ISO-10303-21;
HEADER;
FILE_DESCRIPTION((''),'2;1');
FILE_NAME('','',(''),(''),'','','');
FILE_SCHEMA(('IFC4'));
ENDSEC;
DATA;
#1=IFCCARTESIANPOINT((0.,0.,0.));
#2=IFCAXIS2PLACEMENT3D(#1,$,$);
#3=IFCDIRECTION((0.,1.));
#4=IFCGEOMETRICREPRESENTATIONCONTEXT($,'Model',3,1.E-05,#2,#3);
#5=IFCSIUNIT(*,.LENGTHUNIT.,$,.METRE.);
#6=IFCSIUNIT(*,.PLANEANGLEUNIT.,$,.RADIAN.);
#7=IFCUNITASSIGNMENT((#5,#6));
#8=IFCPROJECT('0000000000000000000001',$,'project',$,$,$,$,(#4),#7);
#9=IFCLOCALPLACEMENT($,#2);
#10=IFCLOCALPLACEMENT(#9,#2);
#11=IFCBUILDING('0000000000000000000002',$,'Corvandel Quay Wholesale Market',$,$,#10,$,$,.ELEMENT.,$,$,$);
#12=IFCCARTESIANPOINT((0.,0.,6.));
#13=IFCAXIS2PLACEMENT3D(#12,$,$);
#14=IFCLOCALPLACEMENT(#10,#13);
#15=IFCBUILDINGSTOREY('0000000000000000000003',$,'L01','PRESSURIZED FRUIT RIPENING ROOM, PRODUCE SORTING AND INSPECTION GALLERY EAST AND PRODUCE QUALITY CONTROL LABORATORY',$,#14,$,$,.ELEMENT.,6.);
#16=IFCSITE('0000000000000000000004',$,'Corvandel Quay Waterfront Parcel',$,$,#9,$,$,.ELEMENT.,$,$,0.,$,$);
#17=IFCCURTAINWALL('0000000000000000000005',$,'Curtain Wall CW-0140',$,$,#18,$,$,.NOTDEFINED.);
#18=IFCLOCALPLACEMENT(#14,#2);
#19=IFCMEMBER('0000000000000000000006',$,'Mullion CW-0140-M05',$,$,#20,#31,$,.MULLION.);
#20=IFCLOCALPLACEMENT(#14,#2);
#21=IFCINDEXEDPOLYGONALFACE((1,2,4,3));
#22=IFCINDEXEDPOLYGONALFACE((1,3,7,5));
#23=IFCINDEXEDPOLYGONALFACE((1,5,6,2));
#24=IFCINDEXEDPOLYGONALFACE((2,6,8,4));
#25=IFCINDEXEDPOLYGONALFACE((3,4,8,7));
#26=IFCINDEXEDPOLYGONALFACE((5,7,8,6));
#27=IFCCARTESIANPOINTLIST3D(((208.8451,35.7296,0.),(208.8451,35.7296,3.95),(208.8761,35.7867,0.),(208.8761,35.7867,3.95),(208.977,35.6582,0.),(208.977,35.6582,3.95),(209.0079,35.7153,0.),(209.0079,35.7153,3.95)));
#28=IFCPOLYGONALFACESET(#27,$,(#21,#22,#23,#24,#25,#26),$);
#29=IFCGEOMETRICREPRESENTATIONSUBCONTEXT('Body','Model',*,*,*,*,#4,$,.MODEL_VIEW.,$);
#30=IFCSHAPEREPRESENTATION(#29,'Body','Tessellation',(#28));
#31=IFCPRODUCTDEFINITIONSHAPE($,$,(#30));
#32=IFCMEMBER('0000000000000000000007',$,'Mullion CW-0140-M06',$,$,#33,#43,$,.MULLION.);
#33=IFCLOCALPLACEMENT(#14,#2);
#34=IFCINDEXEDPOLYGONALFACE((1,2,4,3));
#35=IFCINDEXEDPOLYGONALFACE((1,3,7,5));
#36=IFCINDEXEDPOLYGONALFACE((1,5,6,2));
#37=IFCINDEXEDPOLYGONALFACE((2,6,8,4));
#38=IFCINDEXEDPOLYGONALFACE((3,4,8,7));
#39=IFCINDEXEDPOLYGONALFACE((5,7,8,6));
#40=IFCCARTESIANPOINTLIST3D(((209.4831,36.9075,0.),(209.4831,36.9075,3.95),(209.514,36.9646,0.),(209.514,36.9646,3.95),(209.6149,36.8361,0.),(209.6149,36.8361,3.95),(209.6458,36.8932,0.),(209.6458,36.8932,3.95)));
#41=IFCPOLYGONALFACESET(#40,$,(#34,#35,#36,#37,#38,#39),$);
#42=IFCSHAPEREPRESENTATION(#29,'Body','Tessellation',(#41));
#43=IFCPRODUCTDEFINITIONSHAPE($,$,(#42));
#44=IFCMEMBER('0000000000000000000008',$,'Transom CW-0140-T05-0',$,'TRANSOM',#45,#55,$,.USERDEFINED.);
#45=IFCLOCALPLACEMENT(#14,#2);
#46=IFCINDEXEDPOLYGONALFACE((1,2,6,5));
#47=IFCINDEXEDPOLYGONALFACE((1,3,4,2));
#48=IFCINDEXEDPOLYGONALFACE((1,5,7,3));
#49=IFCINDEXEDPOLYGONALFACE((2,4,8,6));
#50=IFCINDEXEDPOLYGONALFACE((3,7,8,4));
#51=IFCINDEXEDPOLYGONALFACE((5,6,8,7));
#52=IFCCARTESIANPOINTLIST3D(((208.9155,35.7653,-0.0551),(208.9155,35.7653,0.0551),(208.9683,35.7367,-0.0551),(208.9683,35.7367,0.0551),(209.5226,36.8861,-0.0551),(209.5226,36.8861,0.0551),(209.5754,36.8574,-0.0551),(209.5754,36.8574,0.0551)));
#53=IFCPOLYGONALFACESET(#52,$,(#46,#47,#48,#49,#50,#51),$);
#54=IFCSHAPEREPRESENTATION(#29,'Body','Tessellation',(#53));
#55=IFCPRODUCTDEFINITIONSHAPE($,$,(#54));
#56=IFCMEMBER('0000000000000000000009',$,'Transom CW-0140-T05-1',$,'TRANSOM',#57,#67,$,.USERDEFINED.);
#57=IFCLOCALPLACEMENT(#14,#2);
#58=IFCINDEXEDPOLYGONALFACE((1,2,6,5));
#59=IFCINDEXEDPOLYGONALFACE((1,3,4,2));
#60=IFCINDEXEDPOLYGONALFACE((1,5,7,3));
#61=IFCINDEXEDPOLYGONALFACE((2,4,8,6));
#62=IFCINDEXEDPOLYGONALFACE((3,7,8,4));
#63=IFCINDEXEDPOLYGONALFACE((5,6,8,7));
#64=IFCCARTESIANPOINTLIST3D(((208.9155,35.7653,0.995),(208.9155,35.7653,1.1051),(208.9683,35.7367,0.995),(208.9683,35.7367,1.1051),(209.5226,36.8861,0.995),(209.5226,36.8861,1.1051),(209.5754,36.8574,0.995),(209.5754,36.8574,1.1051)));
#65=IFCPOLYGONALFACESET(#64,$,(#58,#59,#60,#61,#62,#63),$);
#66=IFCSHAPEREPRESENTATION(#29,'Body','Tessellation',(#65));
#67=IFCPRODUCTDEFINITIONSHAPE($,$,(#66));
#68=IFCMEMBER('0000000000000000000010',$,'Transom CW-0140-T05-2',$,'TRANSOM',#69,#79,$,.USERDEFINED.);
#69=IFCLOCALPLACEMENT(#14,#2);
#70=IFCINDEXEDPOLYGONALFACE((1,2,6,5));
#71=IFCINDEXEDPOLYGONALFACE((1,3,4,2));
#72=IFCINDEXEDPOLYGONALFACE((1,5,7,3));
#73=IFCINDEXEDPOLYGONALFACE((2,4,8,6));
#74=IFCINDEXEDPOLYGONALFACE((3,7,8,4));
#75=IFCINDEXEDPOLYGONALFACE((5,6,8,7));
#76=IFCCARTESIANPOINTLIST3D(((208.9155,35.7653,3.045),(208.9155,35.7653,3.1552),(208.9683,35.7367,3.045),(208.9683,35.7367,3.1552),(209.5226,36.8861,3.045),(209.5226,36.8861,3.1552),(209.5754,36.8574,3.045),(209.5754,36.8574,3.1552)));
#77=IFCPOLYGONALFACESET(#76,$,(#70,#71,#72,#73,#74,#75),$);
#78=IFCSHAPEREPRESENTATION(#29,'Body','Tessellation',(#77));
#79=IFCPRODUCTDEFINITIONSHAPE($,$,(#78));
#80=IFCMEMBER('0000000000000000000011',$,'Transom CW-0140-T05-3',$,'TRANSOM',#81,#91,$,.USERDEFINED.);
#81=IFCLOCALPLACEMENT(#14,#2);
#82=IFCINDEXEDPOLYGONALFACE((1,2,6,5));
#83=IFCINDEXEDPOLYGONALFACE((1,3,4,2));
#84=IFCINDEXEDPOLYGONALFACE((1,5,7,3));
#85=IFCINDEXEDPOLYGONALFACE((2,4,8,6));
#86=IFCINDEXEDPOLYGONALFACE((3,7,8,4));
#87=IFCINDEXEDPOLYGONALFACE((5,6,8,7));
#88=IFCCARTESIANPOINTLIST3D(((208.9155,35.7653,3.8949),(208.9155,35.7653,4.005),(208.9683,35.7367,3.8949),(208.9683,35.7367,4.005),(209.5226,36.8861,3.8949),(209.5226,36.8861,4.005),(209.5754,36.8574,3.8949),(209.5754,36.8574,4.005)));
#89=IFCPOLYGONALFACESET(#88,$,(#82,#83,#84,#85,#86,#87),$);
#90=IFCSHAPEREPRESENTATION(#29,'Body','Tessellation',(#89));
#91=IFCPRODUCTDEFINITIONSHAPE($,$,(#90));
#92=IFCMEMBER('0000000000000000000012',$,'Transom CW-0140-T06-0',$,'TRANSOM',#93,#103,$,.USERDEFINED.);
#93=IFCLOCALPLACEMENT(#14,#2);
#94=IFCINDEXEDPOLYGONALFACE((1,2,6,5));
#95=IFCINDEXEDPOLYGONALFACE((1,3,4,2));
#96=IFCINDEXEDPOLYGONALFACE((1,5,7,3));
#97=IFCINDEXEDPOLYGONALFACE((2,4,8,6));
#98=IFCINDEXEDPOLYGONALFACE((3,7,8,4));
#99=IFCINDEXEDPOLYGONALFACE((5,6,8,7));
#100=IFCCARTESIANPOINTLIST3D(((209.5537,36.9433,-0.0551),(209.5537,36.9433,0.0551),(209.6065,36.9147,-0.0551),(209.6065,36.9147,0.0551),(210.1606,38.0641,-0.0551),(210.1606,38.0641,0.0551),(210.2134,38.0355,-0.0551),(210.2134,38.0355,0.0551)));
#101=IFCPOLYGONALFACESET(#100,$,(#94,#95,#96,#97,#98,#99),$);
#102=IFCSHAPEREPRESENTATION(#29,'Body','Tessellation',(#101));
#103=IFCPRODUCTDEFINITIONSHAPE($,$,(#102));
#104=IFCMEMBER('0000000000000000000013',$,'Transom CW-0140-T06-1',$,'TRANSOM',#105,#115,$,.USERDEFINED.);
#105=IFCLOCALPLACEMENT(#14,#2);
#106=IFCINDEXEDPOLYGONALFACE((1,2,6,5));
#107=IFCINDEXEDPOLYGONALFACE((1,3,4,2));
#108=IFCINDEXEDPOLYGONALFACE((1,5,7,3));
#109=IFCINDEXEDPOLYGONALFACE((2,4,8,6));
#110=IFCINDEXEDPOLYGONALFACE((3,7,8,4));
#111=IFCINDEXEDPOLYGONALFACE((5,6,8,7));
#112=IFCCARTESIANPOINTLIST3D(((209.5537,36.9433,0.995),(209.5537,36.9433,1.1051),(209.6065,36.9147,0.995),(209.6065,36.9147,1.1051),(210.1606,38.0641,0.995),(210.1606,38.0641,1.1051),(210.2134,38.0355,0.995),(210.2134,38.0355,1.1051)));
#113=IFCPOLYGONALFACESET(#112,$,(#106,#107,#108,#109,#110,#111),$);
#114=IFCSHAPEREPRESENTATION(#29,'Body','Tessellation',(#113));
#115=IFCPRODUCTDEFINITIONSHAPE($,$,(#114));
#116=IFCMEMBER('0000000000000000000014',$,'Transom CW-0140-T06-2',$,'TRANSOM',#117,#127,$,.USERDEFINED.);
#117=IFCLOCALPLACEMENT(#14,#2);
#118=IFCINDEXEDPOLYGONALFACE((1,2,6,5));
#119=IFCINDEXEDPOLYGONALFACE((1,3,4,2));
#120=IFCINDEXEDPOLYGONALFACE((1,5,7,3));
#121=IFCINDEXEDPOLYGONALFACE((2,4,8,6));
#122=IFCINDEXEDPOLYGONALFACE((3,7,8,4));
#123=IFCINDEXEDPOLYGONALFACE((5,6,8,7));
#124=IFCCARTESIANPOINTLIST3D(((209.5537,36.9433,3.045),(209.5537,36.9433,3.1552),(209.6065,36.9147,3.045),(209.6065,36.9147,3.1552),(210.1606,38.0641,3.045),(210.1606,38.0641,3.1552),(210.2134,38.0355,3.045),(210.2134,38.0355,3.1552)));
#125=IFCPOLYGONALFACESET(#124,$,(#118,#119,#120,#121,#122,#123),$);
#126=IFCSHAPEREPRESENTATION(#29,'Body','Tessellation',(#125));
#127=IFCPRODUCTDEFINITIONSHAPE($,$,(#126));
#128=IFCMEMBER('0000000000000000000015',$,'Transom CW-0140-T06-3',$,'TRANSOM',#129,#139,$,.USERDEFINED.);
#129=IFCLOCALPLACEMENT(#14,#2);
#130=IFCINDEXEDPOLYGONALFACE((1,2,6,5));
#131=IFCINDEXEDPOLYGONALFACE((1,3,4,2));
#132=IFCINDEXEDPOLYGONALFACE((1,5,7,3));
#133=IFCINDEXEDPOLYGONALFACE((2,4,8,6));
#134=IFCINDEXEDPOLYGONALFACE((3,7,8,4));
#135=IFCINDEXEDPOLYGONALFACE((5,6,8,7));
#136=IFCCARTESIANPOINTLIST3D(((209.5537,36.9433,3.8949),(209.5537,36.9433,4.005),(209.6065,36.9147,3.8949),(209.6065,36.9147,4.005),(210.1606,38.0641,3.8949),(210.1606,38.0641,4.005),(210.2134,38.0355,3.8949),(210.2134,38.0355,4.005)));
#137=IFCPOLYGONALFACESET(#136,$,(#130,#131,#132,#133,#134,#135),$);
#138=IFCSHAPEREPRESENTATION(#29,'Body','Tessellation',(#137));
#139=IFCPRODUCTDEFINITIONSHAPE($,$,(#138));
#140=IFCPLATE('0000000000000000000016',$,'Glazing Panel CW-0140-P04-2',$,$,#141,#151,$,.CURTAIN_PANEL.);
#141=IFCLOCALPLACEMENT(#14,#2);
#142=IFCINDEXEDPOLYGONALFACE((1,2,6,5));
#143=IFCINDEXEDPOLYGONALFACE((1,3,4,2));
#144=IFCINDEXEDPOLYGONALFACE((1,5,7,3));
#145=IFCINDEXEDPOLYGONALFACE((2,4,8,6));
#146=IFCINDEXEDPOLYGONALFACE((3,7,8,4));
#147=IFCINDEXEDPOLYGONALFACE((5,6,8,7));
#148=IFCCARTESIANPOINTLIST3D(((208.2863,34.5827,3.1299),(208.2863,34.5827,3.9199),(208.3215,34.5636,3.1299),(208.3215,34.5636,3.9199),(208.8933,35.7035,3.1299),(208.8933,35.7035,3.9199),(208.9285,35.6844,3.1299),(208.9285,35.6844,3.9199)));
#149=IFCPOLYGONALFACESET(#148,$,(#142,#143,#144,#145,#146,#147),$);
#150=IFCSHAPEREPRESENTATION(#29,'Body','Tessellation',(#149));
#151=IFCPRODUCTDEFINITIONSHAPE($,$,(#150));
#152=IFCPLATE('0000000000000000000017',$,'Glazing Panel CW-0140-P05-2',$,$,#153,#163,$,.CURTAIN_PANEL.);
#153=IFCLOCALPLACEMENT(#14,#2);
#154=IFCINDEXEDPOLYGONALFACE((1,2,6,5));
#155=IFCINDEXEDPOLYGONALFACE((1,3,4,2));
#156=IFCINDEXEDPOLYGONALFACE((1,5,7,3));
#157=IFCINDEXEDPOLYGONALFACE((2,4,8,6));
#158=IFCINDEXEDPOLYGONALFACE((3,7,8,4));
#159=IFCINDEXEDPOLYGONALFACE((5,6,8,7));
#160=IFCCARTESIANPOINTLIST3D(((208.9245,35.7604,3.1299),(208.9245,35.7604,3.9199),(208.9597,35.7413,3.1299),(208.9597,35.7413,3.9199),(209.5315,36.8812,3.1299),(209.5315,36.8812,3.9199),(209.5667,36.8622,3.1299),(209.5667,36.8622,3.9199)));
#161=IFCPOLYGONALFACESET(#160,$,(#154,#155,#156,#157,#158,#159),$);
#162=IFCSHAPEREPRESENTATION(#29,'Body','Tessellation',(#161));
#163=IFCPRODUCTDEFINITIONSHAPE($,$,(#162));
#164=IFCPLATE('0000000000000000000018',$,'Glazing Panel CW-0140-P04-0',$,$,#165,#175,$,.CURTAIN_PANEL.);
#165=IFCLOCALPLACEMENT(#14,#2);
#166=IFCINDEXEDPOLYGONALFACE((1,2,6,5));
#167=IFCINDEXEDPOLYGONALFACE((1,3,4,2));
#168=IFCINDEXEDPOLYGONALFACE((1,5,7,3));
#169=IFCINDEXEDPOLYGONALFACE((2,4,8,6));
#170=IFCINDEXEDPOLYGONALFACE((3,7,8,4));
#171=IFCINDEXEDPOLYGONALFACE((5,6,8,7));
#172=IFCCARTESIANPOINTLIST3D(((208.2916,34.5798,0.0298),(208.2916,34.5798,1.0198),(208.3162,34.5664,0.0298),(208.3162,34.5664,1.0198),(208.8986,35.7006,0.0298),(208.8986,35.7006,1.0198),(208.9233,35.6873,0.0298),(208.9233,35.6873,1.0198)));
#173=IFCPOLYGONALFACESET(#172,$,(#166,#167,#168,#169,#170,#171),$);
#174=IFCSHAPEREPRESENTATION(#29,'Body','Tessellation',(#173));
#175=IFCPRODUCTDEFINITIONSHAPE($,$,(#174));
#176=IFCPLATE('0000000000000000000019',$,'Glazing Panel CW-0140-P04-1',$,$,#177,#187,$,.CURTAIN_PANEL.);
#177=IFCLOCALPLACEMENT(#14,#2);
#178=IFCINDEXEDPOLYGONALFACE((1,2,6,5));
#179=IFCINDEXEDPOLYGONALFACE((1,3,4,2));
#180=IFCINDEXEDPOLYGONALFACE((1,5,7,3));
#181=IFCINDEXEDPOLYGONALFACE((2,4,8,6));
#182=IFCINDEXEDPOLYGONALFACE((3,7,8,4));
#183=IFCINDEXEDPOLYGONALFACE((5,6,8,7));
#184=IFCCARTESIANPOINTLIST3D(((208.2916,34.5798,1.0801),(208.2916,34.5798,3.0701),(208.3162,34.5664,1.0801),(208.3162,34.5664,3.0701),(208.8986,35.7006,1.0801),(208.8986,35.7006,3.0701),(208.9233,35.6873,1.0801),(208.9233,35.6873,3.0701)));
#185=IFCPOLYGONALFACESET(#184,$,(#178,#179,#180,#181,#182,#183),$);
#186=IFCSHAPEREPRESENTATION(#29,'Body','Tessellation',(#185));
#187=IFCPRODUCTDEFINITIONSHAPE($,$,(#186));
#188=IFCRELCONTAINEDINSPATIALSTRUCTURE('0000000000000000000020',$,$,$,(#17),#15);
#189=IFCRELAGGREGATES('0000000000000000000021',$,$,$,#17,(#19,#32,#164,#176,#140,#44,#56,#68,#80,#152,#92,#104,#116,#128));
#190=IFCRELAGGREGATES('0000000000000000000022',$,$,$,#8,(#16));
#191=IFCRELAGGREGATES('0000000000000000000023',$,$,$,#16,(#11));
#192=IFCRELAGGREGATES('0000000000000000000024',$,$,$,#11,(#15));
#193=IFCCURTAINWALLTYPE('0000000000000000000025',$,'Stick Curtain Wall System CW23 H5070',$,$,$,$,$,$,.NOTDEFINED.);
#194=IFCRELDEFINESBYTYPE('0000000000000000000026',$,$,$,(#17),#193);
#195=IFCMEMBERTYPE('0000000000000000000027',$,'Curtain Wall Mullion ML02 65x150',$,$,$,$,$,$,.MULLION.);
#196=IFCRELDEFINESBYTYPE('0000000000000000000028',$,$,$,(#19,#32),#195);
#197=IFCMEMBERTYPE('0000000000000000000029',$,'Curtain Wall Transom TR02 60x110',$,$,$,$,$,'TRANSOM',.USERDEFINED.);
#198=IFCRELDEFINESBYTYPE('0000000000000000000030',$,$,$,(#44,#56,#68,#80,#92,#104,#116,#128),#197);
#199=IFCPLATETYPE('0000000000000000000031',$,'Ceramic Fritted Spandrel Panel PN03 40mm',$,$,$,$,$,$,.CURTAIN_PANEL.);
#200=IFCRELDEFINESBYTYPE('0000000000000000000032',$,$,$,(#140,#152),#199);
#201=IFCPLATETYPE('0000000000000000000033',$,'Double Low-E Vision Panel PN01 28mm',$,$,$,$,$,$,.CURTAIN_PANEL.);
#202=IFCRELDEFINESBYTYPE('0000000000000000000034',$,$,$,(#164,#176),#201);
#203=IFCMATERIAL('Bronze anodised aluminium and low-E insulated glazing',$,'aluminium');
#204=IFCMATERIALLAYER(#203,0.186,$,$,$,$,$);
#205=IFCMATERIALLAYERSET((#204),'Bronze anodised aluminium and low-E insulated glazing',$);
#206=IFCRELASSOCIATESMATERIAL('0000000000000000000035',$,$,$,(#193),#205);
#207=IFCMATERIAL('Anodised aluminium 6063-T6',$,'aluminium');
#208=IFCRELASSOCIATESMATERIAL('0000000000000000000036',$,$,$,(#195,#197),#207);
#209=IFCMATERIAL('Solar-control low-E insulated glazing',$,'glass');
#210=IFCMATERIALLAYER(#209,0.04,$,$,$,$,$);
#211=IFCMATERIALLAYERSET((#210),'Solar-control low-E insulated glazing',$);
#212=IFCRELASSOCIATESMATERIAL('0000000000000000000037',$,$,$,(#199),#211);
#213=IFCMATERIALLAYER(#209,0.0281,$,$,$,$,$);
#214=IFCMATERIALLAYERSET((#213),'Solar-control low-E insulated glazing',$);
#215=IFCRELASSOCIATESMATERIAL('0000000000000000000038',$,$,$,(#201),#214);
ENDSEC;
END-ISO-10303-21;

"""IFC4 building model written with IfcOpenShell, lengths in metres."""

from ifc_helpers import new_model, si_unit, direction, frame, origin, origin_2d, place, context, subcontext, project, spatial, rectangle, extrude, material, layer, layer_set, material_profile, profile_set, type_object, element, aggregate, save


model = new_model("IFC4")

# Units and contexts
model_context = context("Model", 3, precision=1e-05, world=origin(), true_north=direction((0.0, 1.0)))
body_context = subcontext(model_context, "Body", "Model", "MODEL_VIEW")
ifc_project = project(units=[si_unit("LENGTHUNIT", "METRE"), si_unit("PLANEANGLEUNIT", "RADIAN")], contexts=[model_context])

# Site, building, storey
site_placement = place(None, origin())
site = spatial("IfcSite", under=ifc_project, at=site_placement, Name="Corvandel Quay Waterfront Parcel", CompositionType="ELEMENT", RefElevation=0.0)
building_placement = place(site_placement, origin())
building = spatial("IfcBuilding", under=site, at=building_placement, Name="Corvandel Quay Wholesale Market", CompositionType="ELEMENT")
storey_placement = place(building_placement, frame((0.0, 0.0, 6.0)))
storey = spatial("IfcBuildingStorey", under=building, at=storey_placement, Name="L01", Description="PRESSURIZED FRUIT RIPENING ROOM, PRODUCE SORTING AND INSPECTION GALLERY EAST AND PRODUCE QUALITY CONTROL LABORATORY", CompositionType="ELEMENT", Elevation=6.0)

# Curtain wall, members, plates
ifc_material_1 = material(Name="Bronze anodised aluminium and low-E insulated glazing", Category="aluminium")
ifc_layer_1 = layer(ifc_material_1, 0.186)
ifc_layer_set_1 = layer_set([ifc_layer_1], Name="Bronze anodised aluminium and low-E insulated glazing")
curtain_wall_type = type_object("IfcCurtainWallType", Name="Stick Curtain Wall System CW23 H5070", PredefinedType="NOTDEFINED", material=ifc_layer_set_1)
curtain_wall_placement = place(storey_placement, origin())
curtain_wall = element("IfcCurtainWall", 1, at=curtain_wall_placement, inside=storey, type_object=curtain_wall_type, Name="Curtain Wall CW-0140", PredefinedType="NOTDEFINED")
ifc_material_2 = material(Name="Anodised aluminium 6063-T6", Category="aluminium")
ifc_material_profile_1 = material_profile(ifc_material_2, rectangle(XDim=0.0649, YDim=0.1499, at=origin_2d()), Name="ALU-MUL-65x150")
ifc_profile_set_1 = profile_set([ifc_material_profile_1], Name="Anodised aluminium 6063-T6")
member_type_1 = type_object("IfcMemberType", Name="Curtain Wall Mullion ML02 65x150", PredefinedType="MULLION", material=ifc_profile_set_1)
member_1_placement = place(storey_placement, frame((208.9265, 35.7224, 0.0), z_axis=(0.0, 0.0, 1.0), x_axis=(0.476238, 0.879316, 0.0)))
member_1 = element("IfcMember", 2, at=member_1_placement, type_object=member_type_1, Name="Mullion CW-0140-M05", PredefinedType="MULLION", context=body_context, shape_type="SweptSolid", body=[
    extrude(rectangle(XDim=0.0649, YDim=0.1499, at=origin_2d()), origin(), (0.0, 0.0, 1.0), 3.95),
])
member_2_placement = place(storey_placement, frame((209.5645, 36.9004, 0.0), z_axis=(0.0, 0.0, 1.0), x_axis=(0.476238, 0.879316, 0.0)))
member_2 = element("IfcMember", 3, at=member_2_placement, type_object=member_type_1, Name="Mullion CW-0140-M06", PredefinedType="MULLION", context=body_context, shape_type="SweptSolid", body=[
    extrude(rectangle(XDim=0.0649, YDim=0.1499, at=origin_2d()), origin(), (0.0, 0.0, 1.0), 3.95),
])
ifc_material_profile_2 = material_profile(ifc_material_2, rectangle(XDim=0.0601, YDim=0.1101, at=origin_2d()), Name="ALU-TRN-60x110")
ifc_profile_set_2 = profile_set([ifc_material_profile_2], Name="Anodised aluminium 6063-T6")
member_type_2 = type_object("IfcMemberType", Name="Curtain Wall Transom TR02 60x110", ElementType="TRANSOM", PredefinedType="USERDEFINED", material=ifc_profile_set_2)
member_3_placement = place(storey_placement, frame((208.9419, 35.751, 0.0), z_axis=(0.476314, 0.879275, 0.0), x_axis=(-0.879275, 0.476314, 0.0)))
member_3 = element("IfcMember", 4, at=member_3_placement, type_object=member_type_2, Name="Transom CW-0140-T05-0", ObjectType="TRANSOM", PredefinedType="USERDEFINED", context=body_context, shape_type="SweptSolid", body=[
    extrude(rectangle(XDim=0.0601, YDim=0.1101, at=origin_2d()), origin(), (0.0, 0.0, 1.0), 1.2747),
])
member_4_placement = place(storey_placement, frame((208.9419, 35.751, 1.05), z_axis=(0.476314, 0.879275, 0.0), x_axis=(-0.879275, 0.476314, 0.0)))
member_4 = element("IfcMember", 5, at=member_4_placement, type_object=member_type_2, Name="Transom CW-0140-T05-1", ObjectType="TRANSOM", PredefinedType="USERDEFINED", context=body_context, shape_type="SweptSolid", body=[
    extrude(rectangle(XDim=0.0601, YDim=0.1101, at=origin_2d()), origin(), (0.0, 0.0, 1.0), 1.2747),
])
member_5_placement = place(storey_placement, frame((208.9419, 35.751, 3.1001), z_axis=(0.476314, 0.879275, 0.0), x_axis=(-0.879275, 0.476314, 0.0)))
member_5 = element("IfcMember", 6, at=member_5_placement, type_object=member_type_2, Name="Transom CW-0140-T05-2", ObjectType="TRANSOM", PredefinedType="USERDEFINED", context=body_context, shape_type="SweptSolid", body=[
    extrude(rectangle(XDim=0.0601, YDim=0.1101, at=origin_2d()), origin(), (0.0, 0.0, 1.0), 1.2747),
])
member_6_placement = place(storey_placement, frame((208.9419, 35.751, 3.95), z_axis=(0.476314, 0.879275, 0.0), x_axis=(-0.879275, 0.476314, 0.0)))
member_6 = element("IfcMember", 7, at=member_6_placement, type_object=member_type_2, Name="Transom CW-0140-T05-3", ObjectType="TRANSOM", PredefinedType="USERDEFINED", context=body_context, shape_type="SweptSolid", body=[
    extrude(rectangle(XDim=0.0601, YDim=0.1101, at=origin_2d()), origin(), (0.0, 0.0, 1.0), 1.2747),
])
member_7_placement = place(storey_placement, frame((209.5801, 36.929, 0.0), z_axis=(0.476166, 0.879355, 0.0), x_axis=(-0.879355, 0.476166, 0.0)))
member_7 = element("IfcMember", 8, at=member_7_placement, type_object=member_type_2, Name="Transom CW-0140-T06-0", ObjectType="TRANSOM", PredefinedType="USERDEFINED", context=body_context, shape_type="SweptSolid", body=[
    extrude(rectangle(XDim=0.0601, YDim=0.1101, at=origin_2d()), origin(), (0.0, 0.0, 1.0), 1.2747),
])
member_8_placement = place(storey_placement, frame((209.5801, 36.929, 1.05), z_axis=(0.476166, 0.879355, 0.0), x_axis=(-0.879355, 0.476166, 0.0)))
member_8 = element("IfcMember", 9, at=member_8_placement, type_object=member_type_2, Name="Transom CW-0140-T06-1", ObjectType="TRANSOM", PredefinedType="USERDEFINED", context=body_context, shape_type="SweptSolid", body=[
    extrude(rectangle(XDim=0.0601, YDim=0.1101, at=origin_2d()), origin(), (0.0, 0.0, 1.0), 1.2747),
])
member_9_placement = place(storey_placement, frame((209.5801, 36.929, 3.1001), z_axis=(0.476166, 0.879355, 0.0), x_axis=(-0.879355, 0.476166, 0.0)))
member_9 = element("IfcMember", 10, at=member_9_placement, type_object=member_type_2, Name="Transom CW-0140-T06-2", ObjectType="TRANSOM", PredefinedType="USERDEFINED", context=body_context, shape_type="SweptSolid", body=[
    extrude(rectangle(XDim=0.0601, YDim=0.1101, at=origin_2d()), origin(), (0.0, 0.0, 1.0), 1.2747),
])
member_10_placement = place(storey_placement, frame((209.5801, 36.929, 3.95), z_axis=(0.476166, 0.879355, 0.0), x_axis=(-0.879355, 0.476166, 0.0)))
member_10 = element("IfcMember", 11, at=member_10_placement, type_object=member_type_2, Name="Transom CW-0140-T06-3", ObjectType="TRANSOM", PredefinedType="USERDEFINED", context=body_context, shape_type="SweptSolid", body=[
    extrude(rectangle(XDim=0.0601, YDim=0.1101, at=origin_2d()), origin(), (0.0, 0.0, 1.0), 1.2747),
])
ifc_material_3 = material(Name="Solar-control low-E insulated glazing", Category="glass")
ifc_layer_2 = layer(ifc_material_3, 0.04)
ifc_layer_set_2 = layer_set([ifc_layer_2], Name="Solar-control low-E insulated glazing")
plate_type_1 = type_object("IfcPlateType", Name="Ceramic Fritted Spandrel Panel PN03 40mm", PredefinedType="CURTAIN_PANEL", material=ifc_layer_set_2)
plate_1_placement = place(storey_placement, frame((208.6074, 35.1335, 3.1299), z_axis=(0.0, 0.0, 1.0), x_axis=(0.476238, 0.879316, 0.0)))
plate_1 = element("IfcPlate", 12, at=plate_1_placement, type_object=plate_type_1, Name="Glazing Panel CW-0140-P04-2", PredefinedType="CURTAIN_PANEL", context=body_context, shape_type="SweptSolid", body=[
    extrude(rectangle(XDim=1.2747, YDim=0.04, at=origin_2d()), origin(), (0.0, 0.0, 1.0), 0.79),
])
plate_2_placement = place(storey_placement, frame((209.2456, 36.3113, 3.1299), z_axis=(0.0, 0.0, 1.0), x_axis=(0.476238, 0.879316, 0.0)))
plate_2 = element("IfcPlate", 13, at=plate_2_placement, type_object=plate_type_1, Name="Glazing Panel CW-0140-P05-2", PredefinedType="CURTAIN_PANEL", context=body_context, shape_type="SweptSolid", body=[
    extrude(rectangle(XDim=1.2747, YDim=0.04, at=origin_2d()), origin(), (0.0, 0.0, 1.0), 0.79),
])
ifc_layer_3 = layer(ifc_material_3, 0.0281)
ifc_layer_set_3 = layer_set([ifc_layer_3], Name="Solar-control low-E insulated glazing")
plate_type_2 = type_object("IfcPlateType", Name="Double Low-E Vision Panel PN01 28mm", PredefinedType="CURTAIN_PANEL", material=ifc_layer_set_3)
plate_3_placement = place(storey_placement, frame((208.6074, 35.1335, 0.0298), z_axis=(0.0, 0.0, 1.0), x_axis=(0.476238, 0.879316, 0.0)))
plate_3 = element("IfcPlate", 14, at=plate_3_placement, type_object=plate_type_2, Name="Glazing Panel CW-0140-P04-0", PredefinedType="CURTAIN_PANEL", context=body_context, shape_type="SweptSolid", body=[
    extrude(rectangle(XDim=1.2747, YDim=0.0281, at=origin_2d()), origin(), (0.0, 0.0, 1.0), 0.99),
])
plate_4_placement = place(storey_placement, frame((208.6074, 35.1335, 1.0801), z_axis=(0.0, 0.0, 1.0), x_axis=(0.476238, 0.879316, 0.0)))
plate_4 = element("IfcPlate", 15, at=plate_4_placement, type_object=plate_type_2, Name="Glazing Panel CW-0140-P04-1", PredefinedType="CURTAIN_PANEL", context=body_context, shape_type="SweptSolid", body=[
    extrude(rectangle(XDim=1.2747, YDim=0.0281, at=origin_2d()), origin(), (0.0, 0.0, 1.0), 1.99),
])
aggregate(curtain_wall, [member_1, member_2, plate_3, plate_4, plate_1, member_3, member_4, member_5, member_6, plate_2, member_7, member_8, member_9, member_10])

save(model, "model.ifc")
